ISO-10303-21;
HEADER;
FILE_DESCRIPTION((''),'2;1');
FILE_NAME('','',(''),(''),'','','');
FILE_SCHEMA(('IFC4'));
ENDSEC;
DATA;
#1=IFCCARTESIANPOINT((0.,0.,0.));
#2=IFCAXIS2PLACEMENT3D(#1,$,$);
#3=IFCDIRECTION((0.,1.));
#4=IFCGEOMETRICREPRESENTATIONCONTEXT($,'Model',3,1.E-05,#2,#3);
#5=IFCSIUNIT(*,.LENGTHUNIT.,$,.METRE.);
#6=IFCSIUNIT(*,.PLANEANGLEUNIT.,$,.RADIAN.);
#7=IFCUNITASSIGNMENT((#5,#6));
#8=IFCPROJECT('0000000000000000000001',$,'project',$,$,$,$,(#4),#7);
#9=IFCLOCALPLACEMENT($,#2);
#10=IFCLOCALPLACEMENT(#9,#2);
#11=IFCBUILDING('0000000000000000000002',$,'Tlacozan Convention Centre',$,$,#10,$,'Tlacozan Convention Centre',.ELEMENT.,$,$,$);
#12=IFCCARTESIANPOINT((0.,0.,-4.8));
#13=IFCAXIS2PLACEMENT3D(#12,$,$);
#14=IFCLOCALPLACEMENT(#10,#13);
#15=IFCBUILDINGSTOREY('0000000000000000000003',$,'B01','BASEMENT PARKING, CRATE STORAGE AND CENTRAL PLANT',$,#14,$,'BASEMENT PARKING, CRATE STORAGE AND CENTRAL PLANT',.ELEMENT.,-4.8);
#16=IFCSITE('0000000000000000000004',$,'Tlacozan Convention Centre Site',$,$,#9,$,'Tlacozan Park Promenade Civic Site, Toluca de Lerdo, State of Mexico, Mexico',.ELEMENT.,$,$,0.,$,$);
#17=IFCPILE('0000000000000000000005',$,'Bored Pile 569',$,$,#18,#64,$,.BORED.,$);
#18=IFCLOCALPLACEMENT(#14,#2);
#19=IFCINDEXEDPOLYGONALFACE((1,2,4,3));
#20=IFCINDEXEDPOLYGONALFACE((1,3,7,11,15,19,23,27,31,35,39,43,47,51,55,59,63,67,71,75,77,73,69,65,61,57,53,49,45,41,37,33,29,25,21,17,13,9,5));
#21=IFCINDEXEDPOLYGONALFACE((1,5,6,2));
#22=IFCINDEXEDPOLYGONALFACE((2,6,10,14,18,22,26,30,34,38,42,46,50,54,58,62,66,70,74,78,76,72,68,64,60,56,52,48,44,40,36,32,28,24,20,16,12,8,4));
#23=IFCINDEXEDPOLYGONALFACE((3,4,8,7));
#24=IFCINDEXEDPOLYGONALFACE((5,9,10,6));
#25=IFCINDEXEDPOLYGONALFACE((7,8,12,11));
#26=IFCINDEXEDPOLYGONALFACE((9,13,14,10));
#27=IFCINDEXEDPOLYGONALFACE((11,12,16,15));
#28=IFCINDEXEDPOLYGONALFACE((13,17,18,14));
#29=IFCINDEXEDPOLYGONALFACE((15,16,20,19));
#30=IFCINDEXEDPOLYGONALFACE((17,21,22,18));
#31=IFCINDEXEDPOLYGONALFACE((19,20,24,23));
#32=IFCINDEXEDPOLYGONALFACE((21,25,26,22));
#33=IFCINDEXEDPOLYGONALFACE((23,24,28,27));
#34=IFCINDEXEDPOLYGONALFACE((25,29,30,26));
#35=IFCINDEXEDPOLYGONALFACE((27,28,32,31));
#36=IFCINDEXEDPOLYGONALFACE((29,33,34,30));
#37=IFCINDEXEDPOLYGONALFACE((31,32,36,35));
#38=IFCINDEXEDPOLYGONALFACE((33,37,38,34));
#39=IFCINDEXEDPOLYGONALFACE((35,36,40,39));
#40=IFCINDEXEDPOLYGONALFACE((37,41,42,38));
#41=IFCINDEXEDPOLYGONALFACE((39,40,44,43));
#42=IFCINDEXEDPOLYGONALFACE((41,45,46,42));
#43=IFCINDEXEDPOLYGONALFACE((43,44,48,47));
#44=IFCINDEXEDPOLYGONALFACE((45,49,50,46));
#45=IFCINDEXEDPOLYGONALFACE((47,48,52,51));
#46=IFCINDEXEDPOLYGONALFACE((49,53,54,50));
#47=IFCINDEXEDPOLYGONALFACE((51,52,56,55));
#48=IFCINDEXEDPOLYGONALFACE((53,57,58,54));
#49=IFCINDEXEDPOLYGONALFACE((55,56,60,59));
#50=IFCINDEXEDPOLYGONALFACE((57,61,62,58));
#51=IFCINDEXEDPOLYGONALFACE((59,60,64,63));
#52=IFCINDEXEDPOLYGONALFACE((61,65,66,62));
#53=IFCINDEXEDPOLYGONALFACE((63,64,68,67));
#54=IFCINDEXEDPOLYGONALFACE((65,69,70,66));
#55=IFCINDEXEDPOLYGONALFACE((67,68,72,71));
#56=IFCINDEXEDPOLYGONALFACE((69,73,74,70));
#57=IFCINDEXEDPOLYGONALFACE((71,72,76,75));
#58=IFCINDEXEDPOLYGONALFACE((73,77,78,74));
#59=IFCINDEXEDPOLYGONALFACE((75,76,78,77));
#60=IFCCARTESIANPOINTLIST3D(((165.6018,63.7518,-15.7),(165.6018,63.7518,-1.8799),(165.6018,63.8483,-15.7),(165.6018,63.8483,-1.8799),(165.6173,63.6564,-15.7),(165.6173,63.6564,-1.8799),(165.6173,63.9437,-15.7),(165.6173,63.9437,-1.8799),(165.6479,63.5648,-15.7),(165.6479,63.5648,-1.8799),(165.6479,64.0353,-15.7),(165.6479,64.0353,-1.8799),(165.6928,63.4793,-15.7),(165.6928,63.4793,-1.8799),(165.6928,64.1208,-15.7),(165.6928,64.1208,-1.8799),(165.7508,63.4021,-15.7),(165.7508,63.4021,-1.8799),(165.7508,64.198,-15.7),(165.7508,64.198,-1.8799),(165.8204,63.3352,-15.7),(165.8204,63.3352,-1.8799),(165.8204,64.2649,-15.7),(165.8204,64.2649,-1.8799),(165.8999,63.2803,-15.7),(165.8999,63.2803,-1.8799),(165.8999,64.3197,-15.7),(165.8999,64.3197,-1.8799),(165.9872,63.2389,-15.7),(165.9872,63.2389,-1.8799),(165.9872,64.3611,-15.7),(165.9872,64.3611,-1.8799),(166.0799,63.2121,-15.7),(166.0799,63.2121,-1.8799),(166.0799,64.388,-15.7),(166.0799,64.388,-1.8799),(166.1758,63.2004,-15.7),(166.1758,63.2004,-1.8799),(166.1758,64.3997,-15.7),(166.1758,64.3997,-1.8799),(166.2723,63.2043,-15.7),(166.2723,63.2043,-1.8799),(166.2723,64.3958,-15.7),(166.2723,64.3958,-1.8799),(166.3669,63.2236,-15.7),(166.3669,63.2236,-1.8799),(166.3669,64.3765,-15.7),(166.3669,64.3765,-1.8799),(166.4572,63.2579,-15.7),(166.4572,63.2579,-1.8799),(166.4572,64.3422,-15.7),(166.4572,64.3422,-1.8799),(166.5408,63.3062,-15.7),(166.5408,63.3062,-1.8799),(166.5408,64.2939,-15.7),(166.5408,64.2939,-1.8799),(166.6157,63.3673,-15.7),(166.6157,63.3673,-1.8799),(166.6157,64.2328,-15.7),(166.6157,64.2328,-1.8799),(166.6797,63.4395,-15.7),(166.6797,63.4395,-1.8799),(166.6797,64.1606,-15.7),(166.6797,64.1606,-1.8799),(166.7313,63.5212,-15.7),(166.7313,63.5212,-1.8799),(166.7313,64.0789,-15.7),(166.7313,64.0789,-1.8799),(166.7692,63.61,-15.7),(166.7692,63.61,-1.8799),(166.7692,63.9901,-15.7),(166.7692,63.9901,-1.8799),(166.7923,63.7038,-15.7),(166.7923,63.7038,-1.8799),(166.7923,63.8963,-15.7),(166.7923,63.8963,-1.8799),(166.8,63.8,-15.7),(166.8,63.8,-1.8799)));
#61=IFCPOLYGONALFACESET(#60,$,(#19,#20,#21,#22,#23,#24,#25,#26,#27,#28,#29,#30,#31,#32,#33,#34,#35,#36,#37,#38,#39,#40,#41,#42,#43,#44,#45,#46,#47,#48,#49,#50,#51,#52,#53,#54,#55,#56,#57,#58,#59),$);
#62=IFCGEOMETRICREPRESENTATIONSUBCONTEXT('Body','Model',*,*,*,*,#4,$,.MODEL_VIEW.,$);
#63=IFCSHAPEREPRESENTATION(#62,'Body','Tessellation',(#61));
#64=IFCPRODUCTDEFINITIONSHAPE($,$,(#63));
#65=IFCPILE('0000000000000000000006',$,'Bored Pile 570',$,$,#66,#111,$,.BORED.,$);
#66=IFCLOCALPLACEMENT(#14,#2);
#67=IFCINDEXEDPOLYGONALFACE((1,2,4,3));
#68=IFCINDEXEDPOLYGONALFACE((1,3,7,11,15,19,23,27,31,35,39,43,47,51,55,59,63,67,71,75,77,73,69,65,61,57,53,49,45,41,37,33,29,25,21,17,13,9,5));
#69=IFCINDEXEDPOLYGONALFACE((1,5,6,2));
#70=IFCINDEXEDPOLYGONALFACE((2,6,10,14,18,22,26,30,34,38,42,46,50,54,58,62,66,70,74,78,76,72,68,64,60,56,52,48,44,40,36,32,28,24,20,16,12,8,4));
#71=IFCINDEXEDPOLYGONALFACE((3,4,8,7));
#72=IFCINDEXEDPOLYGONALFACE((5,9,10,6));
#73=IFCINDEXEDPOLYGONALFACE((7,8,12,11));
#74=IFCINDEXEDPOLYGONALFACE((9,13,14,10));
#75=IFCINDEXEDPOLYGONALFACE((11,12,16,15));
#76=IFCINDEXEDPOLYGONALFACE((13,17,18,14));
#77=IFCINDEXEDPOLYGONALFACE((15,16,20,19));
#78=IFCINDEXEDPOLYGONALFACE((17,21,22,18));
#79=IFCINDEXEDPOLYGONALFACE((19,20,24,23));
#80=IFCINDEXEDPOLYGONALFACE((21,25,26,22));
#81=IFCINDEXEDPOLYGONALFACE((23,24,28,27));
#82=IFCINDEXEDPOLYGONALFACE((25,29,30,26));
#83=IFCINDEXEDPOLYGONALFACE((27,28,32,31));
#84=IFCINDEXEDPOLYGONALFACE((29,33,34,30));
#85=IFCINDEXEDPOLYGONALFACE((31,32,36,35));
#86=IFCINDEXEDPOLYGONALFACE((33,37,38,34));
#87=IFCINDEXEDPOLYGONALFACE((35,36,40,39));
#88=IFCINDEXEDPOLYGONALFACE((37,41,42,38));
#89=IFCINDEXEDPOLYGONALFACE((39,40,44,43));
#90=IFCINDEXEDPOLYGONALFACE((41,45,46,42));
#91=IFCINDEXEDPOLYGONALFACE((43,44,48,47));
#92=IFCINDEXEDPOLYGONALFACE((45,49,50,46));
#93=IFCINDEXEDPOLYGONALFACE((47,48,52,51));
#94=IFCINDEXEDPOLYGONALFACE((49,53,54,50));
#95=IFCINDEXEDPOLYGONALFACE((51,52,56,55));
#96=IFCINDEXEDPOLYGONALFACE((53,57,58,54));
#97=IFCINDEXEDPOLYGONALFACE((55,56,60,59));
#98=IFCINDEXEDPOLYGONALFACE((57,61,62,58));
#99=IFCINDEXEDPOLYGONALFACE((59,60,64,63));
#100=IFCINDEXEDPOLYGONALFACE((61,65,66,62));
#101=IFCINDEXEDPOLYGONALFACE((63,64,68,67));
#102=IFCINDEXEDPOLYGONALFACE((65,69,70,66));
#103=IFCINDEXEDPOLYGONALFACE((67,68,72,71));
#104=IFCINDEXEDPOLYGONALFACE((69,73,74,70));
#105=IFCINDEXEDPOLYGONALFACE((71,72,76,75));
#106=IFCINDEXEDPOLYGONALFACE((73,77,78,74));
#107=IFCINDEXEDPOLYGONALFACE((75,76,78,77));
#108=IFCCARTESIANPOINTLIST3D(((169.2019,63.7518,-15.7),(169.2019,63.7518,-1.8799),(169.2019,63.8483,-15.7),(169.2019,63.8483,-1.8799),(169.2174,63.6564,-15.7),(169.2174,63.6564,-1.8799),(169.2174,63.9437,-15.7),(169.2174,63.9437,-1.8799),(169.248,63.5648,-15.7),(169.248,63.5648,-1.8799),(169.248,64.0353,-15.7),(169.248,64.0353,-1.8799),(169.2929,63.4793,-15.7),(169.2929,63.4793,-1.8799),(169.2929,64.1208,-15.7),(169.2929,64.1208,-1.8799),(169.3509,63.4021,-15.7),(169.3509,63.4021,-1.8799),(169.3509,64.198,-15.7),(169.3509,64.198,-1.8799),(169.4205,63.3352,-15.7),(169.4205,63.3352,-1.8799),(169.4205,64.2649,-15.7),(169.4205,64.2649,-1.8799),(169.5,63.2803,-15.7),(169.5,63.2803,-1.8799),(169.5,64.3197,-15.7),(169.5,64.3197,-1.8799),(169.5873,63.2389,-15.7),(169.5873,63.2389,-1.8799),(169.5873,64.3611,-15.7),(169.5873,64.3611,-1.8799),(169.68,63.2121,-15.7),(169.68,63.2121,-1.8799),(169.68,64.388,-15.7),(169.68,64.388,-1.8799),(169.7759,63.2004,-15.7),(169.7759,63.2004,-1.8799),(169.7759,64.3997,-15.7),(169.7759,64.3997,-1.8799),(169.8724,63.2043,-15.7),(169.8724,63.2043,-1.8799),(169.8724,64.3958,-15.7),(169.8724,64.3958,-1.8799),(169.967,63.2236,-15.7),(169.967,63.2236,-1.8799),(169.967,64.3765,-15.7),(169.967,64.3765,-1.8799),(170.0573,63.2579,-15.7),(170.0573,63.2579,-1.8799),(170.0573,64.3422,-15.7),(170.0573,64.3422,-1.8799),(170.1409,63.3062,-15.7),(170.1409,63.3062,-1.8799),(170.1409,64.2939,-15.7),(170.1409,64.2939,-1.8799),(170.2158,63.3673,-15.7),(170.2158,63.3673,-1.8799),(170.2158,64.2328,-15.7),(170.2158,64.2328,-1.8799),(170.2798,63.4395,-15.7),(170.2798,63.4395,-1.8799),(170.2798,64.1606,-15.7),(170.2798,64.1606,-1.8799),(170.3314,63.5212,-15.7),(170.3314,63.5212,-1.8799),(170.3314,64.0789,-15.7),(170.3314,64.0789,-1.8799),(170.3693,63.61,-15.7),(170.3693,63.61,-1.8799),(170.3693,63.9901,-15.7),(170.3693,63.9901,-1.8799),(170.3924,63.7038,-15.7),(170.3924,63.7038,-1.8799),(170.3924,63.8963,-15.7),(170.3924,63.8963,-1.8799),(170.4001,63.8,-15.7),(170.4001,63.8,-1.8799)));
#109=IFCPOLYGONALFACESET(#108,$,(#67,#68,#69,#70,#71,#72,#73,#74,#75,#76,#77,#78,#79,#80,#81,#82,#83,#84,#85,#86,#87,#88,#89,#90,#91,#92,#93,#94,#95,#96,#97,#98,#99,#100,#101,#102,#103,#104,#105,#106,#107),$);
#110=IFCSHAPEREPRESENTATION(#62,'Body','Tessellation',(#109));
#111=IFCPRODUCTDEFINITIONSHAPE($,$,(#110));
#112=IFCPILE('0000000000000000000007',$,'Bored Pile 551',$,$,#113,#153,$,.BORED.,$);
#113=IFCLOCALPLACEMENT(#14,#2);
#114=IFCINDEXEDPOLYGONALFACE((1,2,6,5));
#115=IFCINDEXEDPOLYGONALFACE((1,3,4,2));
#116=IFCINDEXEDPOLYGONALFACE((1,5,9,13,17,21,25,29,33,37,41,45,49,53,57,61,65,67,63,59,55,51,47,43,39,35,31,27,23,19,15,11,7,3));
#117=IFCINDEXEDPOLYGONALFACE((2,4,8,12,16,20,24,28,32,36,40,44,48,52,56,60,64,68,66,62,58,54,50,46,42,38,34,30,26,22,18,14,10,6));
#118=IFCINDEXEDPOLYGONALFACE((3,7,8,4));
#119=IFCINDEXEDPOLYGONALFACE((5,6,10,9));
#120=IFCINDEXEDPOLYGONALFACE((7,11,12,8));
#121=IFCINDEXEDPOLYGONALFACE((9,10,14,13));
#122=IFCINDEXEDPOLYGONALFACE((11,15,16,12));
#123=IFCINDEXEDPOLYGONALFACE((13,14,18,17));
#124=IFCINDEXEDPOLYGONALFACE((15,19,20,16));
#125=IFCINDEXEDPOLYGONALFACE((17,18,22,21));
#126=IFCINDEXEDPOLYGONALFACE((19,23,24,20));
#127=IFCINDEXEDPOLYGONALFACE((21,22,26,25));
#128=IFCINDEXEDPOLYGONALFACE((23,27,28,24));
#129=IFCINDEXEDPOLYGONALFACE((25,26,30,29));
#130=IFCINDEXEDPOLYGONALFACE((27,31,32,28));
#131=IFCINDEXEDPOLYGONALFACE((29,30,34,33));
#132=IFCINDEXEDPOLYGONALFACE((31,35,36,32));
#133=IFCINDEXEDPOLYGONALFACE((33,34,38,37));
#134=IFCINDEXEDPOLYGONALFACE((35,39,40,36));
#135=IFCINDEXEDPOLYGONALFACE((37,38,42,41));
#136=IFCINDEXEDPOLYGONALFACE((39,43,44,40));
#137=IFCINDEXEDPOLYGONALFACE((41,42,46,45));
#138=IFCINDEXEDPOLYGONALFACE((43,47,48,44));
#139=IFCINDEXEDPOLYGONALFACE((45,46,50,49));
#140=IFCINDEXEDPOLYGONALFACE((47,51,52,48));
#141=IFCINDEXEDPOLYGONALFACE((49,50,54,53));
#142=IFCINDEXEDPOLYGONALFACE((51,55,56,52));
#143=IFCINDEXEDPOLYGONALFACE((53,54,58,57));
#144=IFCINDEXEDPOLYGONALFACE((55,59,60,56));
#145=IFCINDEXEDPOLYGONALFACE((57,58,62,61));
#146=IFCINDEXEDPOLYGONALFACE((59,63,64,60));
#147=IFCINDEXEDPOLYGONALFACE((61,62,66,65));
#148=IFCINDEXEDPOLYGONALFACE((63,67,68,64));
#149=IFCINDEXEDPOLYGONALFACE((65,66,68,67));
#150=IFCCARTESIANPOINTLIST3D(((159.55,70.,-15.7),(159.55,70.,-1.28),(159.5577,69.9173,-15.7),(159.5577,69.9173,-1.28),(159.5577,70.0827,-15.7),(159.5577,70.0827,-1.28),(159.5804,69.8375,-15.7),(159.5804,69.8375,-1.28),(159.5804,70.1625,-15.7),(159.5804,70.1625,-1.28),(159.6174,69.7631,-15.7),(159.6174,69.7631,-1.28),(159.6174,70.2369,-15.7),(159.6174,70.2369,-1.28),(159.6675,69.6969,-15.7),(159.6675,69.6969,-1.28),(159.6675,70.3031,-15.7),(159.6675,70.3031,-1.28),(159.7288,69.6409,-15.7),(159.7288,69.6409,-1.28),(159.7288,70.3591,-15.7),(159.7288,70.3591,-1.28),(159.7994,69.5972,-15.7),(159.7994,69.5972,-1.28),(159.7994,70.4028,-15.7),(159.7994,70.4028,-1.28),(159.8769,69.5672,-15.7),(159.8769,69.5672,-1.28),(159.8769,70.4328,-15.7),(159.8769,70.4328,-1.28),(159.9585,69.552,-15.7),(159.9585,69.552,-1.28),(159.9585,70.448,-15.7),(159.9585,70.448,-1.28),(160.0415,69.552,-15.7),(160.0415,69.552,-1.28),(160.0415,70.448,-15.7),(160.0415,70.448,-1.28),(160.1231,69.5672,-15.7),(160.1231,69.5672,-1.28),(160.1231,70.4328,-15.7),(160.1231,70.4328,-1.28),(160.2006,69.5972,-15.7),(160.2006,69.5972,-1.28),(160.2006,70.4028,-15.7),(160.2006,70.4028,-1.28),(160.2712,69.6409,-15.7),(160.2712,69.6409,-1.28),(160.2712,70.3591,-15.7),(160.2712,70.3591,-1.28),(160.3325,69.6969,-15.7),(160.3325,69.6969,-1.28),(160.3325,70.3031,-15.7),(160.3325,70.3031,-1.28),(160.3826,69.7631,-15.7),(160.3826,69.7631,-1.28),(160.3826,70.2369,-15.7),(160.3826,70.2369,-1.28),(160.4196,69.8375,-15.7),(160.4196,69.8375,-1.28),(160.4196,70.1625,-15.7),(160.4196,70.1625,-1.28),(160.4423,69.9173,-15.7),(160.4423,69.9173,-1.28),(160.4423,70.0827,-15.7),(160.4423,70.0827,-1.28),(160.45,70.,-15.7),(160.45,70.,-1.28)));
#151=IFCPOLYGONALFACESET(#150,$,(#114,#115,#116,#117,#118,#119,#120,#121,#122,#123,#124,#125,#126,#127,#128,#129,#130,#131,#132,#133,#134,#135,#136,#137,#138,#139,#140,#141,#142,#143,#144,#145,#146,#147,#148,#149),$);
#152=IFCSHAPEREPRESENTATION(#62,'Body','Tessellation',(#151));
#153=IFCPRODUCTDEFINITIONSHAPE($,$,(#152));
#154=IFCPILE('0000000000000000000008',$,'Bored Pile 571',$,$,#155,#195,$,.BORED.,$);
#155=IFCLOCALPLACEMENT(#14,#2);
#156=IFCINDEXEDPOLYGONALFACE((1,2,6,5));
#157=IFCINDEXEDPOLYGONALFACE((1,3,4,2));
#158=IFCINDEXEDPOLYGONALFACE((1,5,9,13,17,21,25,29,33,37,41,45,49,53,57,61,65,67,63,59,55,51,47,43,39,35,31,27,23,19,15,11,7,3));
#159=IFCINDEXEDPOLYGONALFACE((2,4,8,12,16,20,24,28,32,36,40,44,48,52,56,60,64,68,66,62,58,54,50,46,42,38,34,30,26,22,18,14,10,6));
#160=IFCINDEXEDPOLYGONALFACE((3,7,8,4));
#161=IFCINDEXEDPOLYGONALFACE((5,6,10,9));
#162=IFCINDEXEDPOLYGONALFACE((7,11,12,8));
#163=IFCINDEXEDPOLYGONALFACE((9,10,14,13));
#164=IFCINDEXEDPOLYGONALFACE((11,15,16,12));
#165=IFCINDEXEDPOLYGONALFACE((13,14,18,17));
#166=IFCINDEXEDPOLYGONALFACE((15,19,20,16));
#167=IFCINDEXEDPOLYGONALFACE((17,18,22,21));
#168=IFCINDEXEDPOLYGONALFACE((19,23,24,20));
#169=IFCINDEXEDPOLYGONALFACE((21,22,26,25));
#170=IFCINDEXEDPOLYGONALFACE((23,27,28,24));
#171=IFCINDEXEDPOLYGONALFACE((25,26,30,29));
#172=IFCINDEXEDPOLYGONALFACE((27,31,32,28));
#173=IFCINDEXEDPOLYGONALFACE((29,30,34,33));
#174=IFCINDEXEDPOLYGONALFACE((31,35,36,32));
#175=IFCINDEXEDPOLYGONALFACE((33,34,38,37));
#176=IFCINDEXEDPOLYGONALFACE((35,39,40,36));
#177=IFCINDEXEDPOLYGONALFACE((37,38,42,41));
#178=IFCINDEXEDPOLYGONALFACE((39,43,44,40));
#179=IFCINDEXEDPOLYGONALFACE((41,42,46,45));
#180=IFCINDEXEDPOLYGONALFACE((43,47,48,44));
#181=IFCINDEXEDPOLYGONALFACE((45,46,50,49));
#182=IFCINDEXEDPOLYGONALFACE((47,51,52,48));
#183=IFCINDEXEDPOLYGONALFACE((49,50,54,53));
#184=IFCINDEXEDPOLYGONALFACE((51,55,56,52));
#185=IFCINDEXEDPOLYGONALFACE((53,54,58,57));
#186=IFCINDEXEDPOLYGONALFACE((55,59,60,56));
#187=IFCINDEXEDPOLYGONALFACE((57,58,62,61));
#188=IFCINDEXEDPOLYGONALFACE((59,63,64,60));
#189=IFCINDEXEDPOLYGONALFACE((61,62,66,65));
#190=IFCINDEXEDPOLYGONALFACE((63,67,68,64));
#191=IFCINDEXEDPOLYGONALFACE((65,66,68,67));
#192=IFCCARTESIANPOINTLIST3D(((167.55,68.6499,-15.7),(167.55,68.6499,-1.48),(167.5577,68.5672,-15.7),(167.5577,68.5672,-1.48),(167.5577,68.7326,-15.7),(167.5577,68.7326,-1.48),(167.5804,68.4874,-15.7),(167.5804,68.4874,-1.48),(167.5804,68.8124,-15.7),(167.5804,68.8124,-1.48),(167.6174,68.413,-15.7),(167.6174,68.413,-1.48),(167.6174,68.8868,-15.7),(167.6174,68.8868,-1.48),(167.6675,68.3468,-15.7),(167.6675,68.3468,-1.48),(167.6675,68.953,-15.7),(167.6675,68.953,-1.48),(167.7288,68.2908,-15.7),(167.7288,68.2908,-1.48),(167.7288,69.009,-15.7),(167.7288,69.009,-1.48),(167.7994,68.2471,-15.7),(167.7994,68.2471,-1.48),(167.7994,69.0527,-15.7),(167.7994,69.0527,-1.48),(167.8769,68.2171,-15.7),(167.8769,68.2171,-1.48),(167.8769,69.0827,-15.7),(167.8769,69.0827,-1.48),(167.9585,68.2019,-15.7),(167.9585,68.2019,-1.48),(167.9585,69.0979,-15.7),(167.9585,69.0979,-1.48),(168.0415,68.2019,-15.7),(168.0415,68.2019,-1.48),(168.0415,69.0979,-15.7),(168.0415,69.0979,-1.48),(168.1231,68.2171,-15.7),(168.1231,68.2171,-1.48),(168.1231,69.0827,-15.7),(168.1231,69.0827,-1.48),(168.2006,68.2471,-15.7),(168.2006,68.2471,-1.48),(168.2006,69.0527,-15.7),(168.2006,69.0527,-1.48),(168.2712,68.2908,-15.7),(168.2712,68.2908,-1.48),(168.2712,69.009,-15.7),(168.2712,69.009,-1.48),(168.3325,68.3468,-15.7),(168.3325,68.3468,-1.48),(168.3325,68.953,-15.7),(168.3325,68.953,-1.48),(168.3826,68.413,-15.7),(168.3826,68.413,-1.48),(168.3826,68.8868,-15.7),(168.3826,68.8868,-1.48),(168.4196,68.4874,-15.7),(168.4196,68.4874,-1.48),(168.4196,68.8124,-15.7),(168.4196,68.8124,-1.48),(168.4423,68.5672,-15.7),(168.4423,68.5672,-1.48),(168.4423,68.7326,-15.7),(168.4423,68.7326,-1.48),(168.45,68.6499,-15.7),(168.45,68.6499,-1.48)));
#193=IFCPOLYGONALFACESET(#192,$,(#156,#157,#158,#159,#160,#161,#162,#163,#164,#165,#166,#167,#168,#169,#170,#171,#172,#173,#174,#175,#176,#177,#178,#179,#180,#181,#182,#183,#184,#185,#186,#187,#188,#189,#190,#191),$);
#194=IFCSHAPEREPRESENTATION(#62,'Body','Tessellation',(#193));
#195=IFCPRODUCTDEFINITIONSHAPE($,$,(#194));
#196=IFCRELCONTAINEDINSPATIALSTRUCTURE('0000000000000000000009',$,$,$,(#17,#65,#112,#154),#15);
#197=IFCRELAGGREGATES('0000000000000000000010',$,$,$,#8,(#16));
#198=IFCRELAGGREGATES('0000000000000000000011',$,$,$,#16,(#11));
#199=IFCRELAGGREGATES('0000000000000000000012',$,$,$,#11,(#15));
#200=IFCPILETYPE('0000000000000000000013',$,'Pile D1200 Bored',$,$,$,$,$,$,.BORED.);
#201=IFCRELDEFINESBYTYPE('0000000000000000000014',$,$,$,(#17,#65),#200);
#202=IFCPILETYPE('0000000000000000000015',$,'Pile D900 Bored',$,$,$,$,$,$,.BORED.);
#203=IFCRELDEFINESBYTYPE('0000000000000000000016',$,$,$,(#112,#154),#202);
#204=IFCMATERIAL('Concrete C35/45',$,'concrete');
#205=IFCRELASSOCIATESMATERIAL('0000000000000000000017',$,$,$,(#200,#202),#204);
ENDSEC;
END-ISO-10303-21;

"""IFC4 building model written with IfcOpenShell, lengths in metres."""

from ifc_helpers import new_model, si_unit, direction, frame, origin, origin_2d, place, context, subcontext, project, spatial, circle, extrude, material, material_profile, profile_set, type_object, element, save


model = new_model("IFC4")

# Units and contexts
model_context = context("Model", 3, precision=1e-05, world=origin(), true_north=direction((0.0, 1.0)))
body_context = subcontext(model_context, "Body", "Model", "MODEL_VIEW")
ifc_project = project(units=[si_unit("LENGTHUNIT", "METRE"), si_unit("PLANEANGLEUNIT", "RADIAN")], contexts=[model_context])

# Site, building, storey
site_placement = place(None, origin())
site = spatial("IfcSite", under=ifc_project, at=site_placement, Name="Tlacozan Convention Centre Site", LongName="Tlacozan Park Promenade Civic Site, Toluca de Lerdo, State of Mexico, Mexico", CompositionType="ELEMENT", RefElevation=0.0)
building_placement = place(site_placement, origin())
building = spatial("IfcBuilding", under=site, at=building_placement, Name="Tlacozan Convention Centre", LongName="Tlacozan Convention Centre", CompositionType="ELEMENT")
storey_placement = place(building_placement, frame((0.0, 0.0, -4.8)))
storey = spatial("IfcBuildingStorey", under=building, at=storey_placement, Name="B01", Description="BASEMENT PARKING, CRATE STORAGE AND CENTRAL PLANT", LongName="BASEMENT PARKING, CRATE STORAGE AND CENTRAL PLANT", CompositionType="ELEMENT", Elevation=-4.8)

# Shared definitions
ifc_material_1 = material(Name="Concrete C35/45", Category="concrete")

# Piles
ifc_material_profile_1 = material_profile(ifc_material_1, circle(Radius=0.6001, at=origin_2d()), Name="PILE D1200")
ifc_profile_set_1 = profile_set([ifc_material_profile_1], Name="Concrete C35/45")
pile_type_1 = type_object("IfcPileType", Name="Pile D1200 Bored", PredefinedType="BORED", material=ifc_profile_set_1)
for number, where, z_axis, x_axis, name in (
    (1, (166.2, 63.8, -1.8799), (0.0, 0.0, -1.0), (1.0, 0.0, 0.0), "Bored Pile 569"),
    (2, (169.8, 63.8, -1.8799), (0.0, 0.0, -1.0), (1.0, 0.0, 0.0), "Bored Pile 570"),
):
    element("IfcPile", number, at=place(storey_placement, frame(where, z_axis=z_axis, x_axis=x_axis)), inside=storey, type_object=pile_type_1, Name=name, PredefinedType="BORED", context=body_context, shape_type="SweptSolid", body=[
        extrude(circle(Radius=0.6001, at=origin_2d()), origin(), (0.0, 0.0, 1.0), 13.8201),
    ])
ifc_material_profile_2 = material_profile(ifc_material_1, circle(Radius=0.45, at=origin_2d()), Name="PILE D900")
ifc_profile_set_2 = profile_set([ifc_material_profile_2], Name="Concrete C35/45")
pile_type_2 = type_object("IfcPileType", Name="Pile D900 Bored", PredefinedType="BORED", material=ifc_profile_set_2)
pile_1_placement = place(storey_placement, frame((160.0, 70.0, -1.28), z_axis=(0.0, 0.0, -1.0), x_axis=(1.0, 0.0, 0.0)))
element("IfcPile", 3, at=pile_1_placement, inside=storey, type_object=pile_type_2, Name="Bored Pile 551", PredefinedType="BORED", context=body_context, shape_type="SweptSolid", body=[
    extrude(circle(Radius=0.45, at=origin_2d()), origin(), (0.0, 0.0, 1.0), 14.4199),
])
pile_2_placement = place(storey_placement, frame((168.0, 68.6499, -1.48), z_axis=(0.0, 0.0, -1.0), x_axis=(1.0, 0.0, 0.0)))
element("IfcPile", 4, at=pile_2_placement, inside=storey, type_object=pile_type_2, Name="Bored Pile 571", PredefinedType="BORED", context=body_context, shape_type="SweptSolid", body=[
    extrude(circle(Radius=0.45, at=origin_2d()), origin(), (0.0, 0.0, 1.0), 14.22),
])

save(model, "model.ifc")
